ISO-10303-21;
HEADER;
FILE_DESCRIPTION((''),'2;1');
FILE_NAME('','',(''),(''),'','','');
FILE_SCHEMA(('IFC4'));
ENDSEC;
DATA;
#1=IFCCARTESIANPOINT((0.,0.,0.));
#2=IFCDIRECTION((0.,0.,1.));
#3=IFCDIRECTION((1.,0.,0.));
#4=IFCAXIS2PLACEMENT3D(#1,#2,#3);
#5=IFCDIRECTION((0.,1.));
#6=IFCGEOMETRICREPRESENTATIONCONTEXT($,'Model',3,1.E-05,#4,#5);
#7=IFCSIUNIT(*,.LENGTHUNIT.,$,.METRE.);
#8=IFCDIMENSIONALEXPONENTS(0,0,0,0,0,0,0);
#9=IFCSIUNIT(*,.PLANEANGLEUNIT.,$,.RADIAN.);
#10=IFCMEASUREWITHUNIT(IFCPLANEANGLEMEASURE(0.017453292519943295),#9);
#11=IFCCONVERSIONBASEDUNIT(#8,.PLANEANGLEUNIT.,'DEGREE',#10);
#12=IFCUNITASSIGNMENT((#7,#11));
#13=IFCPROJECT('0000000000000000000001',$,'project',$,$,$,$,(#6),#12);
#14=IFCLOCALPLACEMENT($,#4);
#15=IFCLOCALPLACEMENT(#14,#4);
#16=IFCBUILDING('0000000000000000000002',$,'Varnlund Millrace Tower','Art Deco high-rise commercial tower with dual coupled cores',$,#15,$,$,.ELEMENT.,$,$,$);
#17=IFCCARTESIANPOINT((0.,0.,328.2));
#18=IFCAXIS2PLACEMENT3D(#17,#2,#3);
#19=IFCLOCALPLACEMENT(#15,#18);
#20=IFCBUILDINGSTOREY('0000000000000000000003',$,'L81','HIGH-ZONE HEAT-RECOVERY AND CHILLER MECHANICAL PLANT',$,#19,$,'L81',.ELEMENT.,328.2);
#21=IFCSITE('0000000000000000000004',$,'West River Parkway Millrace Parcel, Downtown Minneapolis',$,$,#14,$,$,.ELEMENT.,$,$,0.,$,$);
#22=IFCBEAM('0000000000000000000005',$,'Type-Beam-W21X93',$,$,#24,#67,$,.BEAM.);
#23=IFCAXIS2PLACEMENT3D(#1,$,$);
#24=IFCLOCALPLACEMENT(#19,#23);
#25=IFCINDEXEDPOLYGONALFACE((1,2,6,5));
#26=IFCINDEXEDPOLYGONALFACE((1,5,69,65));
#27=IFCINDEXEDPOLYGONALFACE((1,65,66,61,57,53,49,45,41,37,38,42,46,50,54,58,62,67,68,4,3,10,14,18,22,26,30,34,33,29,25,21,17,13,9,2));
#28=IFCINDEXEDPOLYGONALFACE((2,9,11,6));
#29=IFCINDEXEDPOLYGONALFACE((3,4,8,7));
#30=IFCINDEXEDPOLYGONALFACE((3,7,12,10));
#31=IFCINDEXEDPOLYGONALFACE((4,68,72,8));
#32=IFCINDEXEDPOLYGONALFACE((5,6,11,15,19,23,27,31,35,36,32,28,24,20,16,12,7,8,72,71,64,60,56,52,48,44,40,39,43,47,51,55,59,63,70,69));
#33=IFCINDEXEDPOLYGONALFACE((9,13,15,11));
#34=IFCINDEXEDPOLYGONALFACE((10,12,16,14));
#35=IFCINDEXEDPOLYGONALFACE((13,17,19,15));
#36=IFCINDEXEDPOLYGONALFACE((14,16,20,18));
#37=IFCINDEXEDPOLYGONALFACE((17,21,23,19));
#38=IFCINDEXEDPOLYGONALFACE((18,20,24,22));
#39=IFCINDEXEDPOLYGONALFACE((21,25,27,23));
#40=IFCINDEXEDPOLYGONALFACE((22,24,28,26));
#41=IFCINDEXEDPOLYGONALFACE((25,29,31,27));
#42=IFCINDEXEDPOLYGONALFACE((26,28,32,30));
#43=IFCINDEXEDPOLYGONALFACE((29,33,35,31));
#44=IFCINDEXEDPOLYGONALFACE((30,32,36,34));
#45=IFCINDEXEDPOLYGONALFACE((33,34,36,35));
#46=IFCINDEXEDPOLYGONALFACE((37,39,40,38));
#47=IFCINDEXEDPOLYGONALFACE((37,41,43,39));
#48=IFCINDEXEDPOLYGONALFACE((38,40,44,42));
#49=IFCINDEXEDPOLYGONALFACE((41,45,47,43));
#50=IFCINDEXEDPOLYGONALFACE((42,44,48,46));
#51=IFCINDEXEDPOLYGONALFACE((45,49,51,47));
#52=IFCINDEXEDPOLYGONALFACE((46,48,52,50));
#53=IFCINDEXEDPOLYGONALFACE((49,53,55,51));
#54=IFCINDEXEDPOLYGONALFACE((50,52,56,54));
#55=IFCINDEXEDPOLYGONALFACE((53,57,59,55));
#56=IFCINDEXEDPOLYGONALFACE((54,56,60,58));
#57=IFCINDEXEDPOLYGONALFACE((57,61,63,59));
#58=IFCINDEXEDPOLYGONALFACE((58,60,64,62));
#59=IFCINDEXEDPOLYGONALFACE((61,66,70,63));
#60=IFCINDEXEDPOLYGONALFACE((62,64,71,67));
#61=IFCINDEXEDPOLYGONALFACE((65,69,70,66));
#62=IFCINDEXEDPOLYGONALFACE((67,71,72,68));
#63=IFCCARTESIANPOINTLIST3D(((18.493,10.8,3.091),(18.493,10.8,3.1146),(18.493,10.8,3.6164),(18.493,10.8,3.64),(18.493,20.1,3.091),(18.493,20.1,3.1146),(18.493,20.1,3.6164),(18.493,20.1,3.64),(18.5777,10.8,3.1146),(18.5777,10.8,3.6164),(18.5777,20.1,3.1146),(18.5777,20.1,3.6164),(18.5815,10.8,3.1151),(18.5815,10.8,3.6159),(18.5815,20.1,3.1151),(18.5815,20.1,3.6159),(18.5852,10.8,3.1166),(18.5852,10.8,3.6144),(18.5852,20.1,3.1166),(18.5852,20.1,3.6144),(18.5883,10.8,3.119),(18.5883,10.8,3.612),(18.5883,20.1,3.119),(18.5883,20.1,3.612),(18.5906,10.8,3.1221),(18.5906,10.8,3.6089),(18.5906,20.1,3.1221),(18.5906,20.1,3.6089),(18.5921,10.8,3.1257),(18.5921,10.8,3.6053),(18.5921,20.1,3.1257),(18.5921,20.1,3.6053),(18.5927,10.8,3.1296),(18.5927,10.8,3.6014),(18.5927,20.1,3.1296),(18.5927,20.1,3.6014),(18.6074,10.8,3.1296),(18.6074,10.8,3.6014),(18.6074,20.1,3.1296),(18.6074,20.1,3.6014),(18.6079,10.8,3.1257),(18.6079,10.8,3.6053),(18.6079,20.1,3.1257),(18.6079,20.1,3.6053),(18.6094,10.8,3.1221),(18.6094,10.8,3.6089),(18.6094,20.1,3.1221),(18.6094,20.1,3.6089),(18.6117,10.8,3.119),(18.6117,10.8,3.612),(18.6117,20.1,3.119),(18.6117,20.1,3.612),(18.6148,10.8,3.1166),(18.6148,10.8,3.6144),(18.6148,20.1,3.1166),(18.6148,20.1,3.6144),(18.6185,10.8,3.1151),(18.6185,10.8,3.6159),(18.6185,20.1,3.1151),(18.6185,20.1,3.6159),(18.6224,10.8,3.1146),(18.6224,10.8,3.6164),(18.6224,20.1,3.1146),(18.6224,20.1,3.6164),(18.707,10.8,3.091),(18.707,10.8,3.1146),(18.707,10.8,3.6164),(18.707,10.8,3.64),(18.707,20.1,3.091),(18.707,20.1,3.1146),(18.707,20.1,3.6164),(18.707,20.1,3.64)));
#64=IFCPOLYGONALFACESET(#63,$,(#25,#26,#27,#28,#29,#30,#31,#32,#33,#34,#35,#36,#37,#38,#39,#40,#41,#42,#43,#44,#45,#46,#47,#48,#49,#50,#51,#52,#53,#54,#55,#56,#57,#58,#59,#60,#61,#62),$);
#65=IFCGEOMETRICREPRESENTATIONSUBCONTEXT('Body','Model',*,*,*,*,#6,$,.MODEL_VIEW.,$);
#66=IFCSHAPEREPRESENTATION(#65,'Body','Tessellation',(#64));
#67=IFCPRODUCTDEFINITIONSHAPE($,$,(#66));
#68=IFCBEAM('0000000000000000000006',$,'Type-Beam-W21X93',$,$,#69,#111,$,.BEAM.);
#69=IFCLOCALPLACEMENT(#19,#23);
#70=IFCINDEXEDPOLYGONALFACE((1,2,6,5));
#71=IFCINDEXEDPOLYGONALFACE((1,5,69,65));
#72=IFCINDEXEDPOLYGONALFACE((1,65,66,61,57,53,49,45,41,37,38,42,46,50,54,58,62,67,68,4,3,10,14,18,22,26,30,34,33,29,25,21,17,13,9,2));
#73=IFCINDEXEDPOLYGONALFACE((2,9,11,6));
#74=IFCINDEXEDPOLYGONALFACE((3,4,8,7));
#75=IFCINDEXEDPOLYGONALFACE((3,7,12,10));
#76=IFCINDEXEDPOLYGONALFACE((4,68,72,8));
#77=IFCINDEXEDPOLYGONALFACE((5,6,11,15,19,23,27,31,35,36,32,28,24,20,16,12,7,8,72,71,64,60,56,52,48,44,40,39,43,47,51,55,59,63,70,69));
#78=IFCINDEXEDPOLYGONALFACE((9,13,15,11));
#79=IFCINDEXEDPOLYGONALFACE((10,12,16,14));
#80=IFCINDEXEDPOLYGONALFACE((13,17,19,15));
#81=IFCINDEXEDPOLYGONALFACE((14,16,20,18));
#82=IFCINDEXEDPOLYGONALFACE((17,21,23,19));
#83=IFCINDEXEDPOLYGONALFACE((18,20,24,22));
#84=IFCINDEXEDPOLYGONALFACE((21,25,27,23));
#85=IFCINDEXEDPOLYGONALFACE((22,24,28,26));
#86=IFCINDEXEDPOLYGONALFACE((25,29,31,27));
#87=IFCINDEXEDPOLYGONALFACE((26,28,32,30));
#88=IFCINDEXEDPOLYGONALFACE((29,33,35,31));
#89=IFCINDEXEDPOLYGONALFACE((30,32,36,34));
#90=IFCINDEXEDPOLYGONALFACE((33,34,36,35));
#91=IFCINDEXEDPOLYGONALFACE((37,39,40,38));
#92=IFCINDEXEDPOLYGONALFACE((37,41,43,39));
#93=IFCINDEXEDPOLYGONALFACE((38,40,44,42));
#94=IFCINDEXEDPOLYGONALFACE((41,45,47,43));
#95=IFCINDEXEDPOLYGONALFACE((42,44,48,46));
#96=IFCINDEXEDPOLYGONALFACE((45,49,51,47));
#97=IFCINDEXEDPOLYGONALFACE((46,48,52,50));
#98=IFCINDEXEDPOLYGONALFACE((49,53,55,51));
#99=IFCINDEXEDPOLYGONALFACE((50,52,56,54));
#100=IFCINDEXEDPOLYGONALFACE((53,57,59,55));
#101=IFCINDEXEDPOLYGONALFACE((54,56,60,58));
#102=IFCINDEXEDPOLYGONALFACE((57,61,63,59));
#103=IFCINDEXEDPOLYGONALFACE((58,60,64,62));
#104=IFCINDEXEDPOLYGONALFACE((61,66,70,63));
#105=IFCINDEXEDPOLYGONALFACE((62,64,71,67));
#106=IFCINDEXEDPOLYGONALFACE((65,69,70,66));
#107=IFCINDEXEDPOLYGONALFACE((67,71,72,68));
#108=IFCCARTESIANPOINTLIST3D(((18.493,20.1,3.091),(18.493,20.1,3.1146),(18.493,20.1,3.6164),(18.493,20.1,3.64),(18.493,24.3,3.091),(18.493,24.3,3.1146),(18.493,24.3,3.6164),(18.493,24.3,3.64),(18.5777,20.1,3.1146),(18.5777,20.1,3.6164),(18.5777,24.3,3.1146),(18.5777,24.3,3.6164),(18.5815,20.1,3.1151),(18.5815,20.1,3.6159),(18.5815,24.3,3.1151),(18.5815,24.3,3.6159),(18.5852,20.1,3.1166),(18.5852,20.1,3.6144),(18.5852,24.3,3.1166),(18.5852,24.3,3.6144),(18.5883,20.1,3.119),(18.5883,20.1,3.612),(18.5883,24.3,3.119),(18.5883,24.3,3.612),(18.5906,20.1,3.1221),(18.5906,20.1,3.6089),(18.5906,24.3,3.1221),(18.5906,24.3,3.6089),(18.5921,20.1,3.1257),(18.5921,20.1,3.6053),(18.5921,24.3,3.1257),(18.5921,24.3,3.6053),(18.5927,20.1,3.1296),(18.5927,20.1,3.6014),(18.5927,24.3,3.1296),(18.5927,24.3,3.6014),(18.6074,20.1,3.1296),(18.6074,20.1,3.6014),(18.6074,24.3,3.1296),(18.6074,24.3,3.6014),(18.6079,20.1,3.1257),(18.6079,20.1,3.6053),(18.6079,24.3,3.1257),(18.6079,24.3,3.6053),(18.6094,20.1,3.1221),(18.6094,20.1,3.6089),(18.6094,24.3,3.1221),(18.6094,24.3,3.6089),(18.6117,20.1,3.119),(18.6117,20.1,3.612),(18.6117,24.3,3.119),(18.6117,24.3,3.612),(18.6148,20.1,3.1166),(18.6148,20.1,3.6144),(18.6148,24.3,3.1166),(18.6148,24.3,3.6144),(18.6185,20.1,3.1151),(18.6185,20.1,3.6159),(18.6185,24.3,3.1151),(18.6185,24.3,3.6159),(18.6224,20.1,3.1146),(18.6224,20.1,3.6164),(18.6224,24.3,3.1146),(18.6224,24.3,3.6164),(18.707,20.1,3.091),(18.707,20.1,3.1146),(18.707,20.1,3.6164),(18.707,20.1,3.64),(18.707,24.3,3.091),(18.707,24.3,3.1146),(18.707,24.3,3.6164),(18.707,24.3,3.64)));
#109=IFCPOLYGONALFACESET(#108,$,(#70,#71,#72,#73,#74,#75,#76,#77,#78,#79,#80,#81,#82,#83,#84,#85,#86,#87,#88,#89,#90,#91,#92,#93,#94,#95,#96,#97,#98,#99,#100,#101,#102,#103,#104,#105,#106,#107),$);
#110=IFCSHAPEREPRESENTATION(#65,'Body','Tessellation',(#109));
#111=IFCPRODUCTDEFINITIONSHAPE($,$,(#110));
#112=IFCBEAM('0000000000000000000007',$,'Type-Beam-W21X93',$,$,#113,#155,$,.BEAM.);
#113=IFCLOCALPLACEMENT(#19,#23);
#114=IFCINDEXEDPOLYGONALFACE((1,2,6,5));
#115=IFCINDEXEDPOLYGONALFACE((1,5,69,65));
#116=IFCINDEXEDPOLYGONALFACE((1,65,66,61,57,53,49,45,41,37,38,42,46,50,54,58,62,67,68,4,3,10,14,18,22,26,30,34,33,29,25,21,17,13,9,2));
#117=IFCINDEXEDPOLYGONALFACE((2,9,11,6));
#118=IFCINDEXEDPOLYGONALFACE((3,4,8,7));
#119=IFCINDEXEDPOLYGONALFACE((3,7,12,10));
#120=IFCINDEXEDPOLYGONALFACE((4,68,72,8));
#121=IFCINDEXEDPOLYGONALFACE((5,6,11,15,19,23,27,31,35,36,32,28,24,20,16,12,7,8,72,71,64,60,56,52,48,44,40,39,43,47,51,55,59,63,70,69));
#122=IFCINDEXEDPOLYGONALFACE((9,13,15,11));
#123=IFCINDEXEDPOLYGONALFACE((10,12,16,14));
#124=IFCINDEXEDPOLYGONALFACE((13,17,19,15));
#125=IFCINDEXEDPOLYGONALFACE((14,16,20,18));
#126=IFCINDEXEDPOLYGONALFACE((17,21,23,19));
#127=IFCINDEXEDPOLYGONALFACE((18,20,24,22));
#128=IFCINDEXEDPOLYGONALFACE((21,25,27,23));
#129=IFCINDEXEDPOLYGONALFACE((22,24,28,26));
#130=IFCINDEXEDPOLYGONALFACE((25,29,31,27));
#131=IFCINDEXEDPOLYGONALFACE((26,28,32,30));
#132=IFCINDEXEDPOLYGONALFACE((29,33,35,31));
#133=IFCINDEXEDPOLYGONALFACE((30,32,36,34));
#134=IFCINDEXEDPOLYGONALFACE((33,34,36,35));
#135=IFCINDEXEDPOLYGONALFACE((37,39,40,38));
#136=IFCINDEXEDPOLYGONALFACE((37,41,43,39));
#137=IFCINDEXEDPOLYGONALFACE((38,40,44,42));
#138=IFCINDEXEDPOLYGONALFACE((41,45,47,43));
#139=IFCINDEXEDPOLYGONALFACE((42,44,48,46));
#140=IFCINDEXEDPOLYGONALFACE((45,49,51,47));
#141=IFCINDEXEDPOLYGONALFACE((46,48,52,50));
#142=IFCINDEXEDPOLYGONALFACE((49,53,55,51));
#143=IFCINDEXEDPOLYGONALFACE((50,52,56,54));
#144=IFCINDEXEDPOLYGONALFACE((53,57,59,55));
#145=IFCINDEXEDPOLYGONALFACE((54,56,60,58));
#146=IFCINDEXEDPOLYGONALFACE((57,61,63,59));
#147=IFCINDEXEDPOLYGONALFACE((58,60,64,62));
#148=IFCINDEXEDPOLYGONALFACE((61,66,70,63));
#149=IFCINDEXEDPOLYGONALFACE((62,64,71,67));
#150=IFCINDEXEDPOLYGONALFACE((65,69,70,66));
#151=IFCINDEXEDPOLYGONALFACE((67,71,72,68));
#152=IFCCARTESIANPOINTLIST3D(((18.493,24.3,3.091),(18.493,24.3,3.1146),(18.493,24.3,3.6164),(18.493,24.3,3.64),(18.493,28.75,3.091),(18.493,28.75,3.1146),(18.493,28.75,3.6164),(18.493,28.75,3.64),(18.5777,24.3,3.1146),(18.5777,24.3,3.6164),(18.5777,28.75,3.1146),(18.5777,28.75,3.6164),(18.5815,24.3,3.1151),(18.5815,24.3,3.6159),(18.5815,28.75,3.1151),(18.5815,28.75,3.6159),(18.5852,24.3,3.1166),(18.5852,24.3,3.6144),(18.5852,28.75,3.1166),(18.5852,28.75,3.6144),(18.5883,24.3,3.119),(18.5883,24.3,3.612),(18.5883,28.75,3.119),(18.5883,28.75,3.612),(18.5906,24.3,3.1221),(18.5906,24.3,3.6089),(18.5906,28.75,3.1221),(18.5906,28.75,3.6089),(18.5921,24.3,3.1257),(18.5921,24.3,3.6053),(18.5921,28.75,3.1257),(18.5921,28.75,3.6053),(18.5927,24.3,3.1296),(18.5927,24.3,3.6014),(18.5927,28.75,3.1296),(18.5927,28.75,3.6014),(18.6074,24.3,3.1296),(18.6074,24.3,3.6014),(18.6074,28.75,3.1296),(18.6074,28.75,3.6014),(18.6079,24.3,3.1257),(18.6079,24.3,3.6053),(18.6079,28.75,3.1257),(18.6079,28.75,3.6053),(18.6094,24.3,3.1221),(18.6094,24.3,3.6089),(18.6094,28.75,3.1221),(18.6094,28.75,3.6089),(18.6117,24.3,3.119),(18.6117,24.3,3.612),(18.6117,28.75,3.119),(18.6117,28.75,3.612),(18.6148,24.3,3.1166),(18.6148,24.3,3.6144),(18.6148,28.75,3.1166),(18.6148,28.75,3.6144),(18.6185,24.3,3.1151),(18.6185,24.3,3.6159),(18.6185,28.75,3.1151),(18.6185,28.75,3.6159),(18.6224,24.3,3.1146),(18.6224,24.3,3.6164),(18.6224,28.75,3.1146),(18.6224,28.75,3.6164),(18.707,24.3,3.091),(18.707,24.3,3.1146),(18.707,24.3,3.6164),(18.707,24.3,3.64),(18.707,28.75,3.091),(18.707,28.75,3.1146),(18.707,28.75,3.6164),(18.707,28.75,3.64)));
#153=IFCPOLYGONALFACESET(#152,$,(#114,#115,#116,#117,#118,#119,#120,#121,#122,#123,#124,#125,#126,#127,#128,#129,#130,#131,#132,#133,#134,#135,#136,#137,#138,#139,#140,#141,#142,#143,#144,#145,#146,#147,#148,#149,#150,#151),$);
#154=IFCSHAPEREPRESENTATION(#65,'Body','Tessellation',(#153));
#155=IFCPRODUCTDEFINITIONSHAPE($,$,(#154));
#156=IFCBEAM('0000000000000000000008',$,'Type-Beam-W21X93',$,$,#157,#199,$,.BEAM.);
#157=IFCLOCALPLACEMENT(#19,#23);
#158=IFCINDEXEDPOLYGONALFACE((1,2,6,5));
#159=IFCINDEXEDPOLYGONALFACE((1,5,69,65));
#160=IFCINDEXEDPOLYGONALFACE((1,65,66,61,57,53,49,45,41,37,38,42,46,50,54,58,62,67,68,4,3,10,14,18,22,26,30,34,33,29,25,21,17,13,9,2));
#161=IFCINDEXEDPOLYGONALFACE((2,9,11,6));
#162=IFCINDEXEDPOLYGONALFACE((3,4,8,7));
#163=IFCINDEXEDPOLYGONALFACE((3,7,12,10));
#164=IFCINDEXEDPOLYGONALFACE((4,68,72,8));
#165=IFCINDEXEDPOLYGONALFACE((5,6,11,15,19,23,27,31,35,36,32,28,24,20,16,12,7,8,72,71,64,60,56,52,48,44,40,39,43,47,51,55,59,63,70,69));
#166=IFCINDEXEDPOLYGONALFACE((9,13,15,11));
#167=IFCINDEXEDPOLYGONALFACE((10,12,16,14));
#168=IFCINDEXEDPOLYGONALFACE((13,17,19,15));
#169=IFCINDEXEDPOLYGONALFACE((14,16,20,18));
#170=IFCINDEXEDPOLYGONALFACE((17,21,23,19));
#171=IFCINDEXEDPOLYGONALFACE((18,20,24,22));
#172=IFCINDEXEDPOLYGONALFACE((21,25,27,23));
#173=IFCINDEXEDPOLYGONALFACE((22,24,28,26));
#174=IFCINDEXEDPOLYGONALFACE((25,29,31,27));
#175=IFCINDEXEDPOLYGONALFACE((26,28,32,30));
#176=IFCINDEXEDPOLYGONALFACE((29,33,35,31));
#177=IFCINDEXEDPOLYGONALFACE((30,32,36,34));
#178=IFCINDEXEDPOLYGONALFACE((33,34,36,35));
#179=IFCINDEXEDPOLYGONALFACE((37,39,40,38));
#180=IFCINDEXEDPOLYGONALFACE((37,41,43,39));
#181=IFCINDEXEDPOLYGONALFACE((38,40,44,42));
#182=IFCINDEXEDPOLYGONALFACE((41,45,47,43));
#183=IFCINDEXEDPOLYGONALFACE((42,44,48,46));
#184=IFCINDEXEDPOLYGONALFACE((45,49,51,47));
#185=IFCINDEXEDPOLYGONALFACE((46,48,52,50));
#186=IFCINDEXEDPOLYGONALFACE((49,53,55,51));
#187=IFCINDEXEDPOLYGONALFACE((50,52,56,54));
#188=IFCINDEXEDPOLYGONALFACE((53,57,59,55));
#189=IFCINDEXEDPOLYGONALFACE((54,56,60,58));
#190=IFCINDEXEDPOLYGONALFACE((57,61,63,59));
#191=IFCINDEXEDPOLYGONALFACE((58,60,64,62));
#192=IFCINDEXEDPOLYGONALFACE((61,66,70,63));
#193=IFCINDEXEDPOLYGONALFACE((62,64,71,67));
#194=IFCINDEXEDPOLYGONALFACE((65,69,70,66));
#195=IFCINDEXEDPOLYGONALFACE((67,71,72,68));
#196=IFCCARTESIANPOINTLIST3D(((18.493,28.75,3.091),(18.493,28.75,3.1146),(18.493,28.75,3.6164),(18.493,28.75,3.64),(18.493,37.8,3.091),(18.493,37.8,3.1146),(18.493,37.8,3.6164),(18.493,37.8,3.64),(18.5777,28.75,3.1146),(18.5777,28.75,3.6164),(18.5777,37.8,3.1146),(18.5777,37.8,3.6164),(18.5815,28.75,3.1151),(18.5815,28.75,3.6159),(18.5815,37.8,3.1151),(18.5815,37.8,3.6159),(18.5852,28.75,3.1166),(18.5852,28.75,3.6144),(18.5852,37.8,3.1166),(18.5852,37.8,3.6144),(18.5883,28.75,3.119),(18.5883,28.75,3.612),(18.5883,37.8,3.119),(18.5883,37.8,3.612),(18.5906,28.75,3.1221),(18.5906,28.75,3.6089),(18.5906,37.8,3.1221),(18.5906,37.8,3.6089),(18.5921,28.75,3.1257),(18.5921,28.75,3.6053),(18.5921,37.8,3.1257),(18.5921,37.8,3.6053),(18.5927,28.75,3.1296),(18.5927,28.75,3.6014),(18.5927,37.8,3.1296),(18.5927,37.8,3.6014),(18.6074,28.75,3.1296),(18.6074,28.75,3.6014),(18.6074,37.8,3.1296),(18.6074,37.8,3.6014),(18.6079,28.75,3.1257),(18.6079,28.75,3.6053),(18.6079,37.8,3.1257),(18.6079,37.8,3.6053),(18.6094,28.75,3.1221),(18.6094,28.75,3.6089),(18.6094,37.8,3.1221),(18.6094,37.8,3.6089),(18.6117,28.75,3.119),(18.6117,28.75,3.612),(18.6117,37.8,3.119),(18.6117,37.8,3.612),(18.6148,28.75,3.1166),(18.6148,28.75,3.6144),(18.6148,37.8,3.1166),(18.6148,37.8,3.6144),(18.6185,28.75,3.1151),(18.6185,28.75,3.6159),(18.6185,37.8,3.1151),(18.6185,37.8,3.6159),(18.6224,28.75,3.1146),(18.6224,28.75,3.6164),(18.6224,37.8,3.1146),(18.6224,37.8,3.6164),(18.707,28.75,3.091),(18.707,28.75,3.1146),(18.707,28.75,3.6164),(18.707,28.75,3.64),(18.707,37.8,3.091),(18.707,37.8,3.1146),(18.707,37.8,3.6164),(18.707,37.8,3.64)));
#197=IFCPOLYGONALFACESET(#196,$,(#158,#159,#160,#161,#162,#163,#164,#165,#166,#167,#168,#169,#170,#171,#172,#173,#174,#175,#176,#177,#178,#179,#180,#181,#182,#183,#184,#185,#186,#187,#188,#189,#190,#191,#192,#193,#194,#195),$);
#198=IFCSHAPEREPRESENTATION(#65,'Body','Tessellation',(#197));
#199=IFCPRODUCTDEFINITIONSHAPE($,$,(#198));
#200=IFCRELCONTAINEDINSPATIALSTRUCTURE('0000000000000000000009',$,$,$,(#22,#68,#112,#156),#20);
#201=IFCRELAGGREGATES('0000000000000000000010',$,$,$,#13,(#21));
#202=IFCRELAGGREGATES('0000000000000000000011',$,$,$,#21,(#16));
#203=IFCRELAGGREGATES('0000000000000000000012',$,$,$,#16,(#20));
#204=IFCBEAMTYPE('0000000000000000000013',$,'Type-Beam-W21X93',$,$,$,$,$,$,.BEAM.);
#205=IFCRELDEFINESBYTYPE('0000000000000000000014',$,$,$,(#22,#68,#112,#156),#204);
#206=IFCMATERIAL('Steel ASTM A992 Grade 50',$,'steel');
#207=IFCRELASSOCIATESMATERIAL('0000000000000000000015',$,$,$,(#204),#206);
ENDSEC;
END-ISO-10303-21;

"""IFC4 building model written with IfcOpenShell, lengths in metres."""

from ifc_helpers import new_model, entity, si_unit, converted_unit, direction, frame, origin_with_axes, origin_2d_with_axis, place, context, subcontext, project, spatial, i_section, extrude, material, material_profile, profile_set, type_object, element, save


model = new_model("IFC4")

# Units and contexts
model_context = context("Model", 3, precision=1e-05, world=origin_with_axes(), true_north=direction((0.0, 1.0)))
body_context = subcontext(model_context, "Body", "Model", "MODEL_VIEW")
ifc_project = project(units=[si_unit("LENGTHUNIT", "METRE"), converted_unit("PLANEANGLEUNIT", "DEGREE", entity("IfcPlaneAngleMeasure", 0.017453292519943295), si_unit("PLANEANGLEUNIT", "RADIAN"), dimensions=[0, 0, 0, 0, 0, 0, 0])], contexts=[model_context])

# Site, building, storey
site_placement = place(None, origin_with_axes())
site = spatial("IfcSite", under=ifc_project, at=site_placement, Name="West River Parkway Millrace Parcel, Downtown Minneapolis", CompositionType="ELEMENT", RefElevation=0.0)
building_placement = place(site_placement, origin_with_axes())
building = spatial("IfcBuilding", under=site, at=building_placement, Name="Varnlund Millrace Tower", Description="Art Deco high-rise commercial tower with dual coupled cores", CompositionType="ELEMENT")
storey_placement = place(building_placement, frame((0.0, 0.0, 328.2), z_axis=(0.0, 0.0, 1.0), x_axis=(1.0, 0.0, 0.0)))
storey = spatial("IfcBuildingStorey", under=building, at=storey_placement, Name="L81", Description="HIGH-ZONE HEAT-RECOVERY AND CHILLER MECHANICAL PLANT", LongName="L81", CompositionType="ELEMENT", Elevation=328.2)

# Beams
ifc_material_1 = material(Name="Steel ASTM A992 Grade 50", Category="steel")
ifc_material_profile_1 = material_profile(ifc_material_1, i_section(OverallWidth=0.214, OverallDepth=0.549, WebThickness=0.0147, FlangeThickness=0.0236, FilletRadius=0.015, at=origin_2d_with_axis()), Name="Steel ASTM A992 Grade 50")
ifc_profile_set_1 = profile_set([ifc_material_profile_1], Name="Steel ASTM A992 Grade 50")
beam_type_1 = type_object("IfcBeamType", Name="Type-Beam-W21X93", PredefinedType="BEAM", material=ifc_profile_set_1)
beam_1_placement = place(storey_placement, frame((18.6, 10.8, 3.3655), z_axis=(0.0, 1.0, 0.0), x_axis=(-1.0, 0.0, 0.0)))
element("IfcBeam", 1, at=beam_1_placement, inside=storey, type_object=beam_type_1, Name="Type-Beam-W21X93", PredefinedType="BEAM", context=body_context, shape_type="SweptSolid", body=[
    extrude(i_section(OverallWidth=0.214, OverallDepth=0.549, WebThickness=0.0147, FlangeThickness=0.0236, FilletRadius=0.015, at=origin_2d_with_axis()), origin_with_axes(), (0.0, 0.0, 1.0), 9.3),
])
beam_2_placement = place(storey_placement, frame((18.6, 20.1, 3.3655), z_axis=(0.0, 1.0, 0.0), x_axis=(-1.0, 0.0, 0.0)))
element("IfcBeam", 2, at=beam_2_placement, inside=storey, type_object=beam_type_1, Name="Type-Beam-W21X93", PredefinedType="BEAM", context=body_context, shape_type="SweptSolid", body=[
    extrude(i_section(OverallWidth=0.214, OverallDepth=0.549, WebThickness=0.0147, FlangeThickness=0.0236, FilletRadius=0.015, at=origin_2d_with_axis()), origin_with_axes(), (0.0, 0.0, 1.0), 4.2),
])
beam_3_placement = place(storey_placement, frame((18.6, 24.3, 3.3655), z_axis=(0.0, 1.0, 0.0), x_axis=(-1.0, 0.0, 0.0)))
element("IfcBeam", 3, at=beam_3_placement, inside=storey, type_object=beam_type_1, Name="Type-Beam-W21X93", PredefinedType="BEAM", context=body_context, shape_type="SweptSolid", body=[
    extrude(i_section(OverallWidth=0.214, OverallDepth=0.549, WebThickness=0.0147, FlangeThickness=0.0236, FilletRadius=0.015, at=origin_2d_with_axis()), origin_with_axes(), (0.0, 0.0, 1.0), 4.45),
])
beam_4_placement = place(storey_placement, frame((18.6, 28.75, 3.3655), z_axis=(0.0, 1.0, 0.0), x_axis=(-1.0, 0.0, 0.0)))
element("IfcBeam", 4, at=beam_4_placement, inside=storey, type_object=beam_type_1, Name="Type-Beam-W21X93", PredefinedType="BEAM", context=body_context, shape_type="SweptSolid", body=[
    extrude(i_section(OverallWidth=0.214, OverallDepth=0.549, WebThickness=0.0147, FlangeThickness=0.0236, FilletRadius=0.015, at=origin_2d_with_axis()), origin_with_axes(), (0.0, 0.0, 1.0), 9.05),
])

save(model, "model.ifc")
